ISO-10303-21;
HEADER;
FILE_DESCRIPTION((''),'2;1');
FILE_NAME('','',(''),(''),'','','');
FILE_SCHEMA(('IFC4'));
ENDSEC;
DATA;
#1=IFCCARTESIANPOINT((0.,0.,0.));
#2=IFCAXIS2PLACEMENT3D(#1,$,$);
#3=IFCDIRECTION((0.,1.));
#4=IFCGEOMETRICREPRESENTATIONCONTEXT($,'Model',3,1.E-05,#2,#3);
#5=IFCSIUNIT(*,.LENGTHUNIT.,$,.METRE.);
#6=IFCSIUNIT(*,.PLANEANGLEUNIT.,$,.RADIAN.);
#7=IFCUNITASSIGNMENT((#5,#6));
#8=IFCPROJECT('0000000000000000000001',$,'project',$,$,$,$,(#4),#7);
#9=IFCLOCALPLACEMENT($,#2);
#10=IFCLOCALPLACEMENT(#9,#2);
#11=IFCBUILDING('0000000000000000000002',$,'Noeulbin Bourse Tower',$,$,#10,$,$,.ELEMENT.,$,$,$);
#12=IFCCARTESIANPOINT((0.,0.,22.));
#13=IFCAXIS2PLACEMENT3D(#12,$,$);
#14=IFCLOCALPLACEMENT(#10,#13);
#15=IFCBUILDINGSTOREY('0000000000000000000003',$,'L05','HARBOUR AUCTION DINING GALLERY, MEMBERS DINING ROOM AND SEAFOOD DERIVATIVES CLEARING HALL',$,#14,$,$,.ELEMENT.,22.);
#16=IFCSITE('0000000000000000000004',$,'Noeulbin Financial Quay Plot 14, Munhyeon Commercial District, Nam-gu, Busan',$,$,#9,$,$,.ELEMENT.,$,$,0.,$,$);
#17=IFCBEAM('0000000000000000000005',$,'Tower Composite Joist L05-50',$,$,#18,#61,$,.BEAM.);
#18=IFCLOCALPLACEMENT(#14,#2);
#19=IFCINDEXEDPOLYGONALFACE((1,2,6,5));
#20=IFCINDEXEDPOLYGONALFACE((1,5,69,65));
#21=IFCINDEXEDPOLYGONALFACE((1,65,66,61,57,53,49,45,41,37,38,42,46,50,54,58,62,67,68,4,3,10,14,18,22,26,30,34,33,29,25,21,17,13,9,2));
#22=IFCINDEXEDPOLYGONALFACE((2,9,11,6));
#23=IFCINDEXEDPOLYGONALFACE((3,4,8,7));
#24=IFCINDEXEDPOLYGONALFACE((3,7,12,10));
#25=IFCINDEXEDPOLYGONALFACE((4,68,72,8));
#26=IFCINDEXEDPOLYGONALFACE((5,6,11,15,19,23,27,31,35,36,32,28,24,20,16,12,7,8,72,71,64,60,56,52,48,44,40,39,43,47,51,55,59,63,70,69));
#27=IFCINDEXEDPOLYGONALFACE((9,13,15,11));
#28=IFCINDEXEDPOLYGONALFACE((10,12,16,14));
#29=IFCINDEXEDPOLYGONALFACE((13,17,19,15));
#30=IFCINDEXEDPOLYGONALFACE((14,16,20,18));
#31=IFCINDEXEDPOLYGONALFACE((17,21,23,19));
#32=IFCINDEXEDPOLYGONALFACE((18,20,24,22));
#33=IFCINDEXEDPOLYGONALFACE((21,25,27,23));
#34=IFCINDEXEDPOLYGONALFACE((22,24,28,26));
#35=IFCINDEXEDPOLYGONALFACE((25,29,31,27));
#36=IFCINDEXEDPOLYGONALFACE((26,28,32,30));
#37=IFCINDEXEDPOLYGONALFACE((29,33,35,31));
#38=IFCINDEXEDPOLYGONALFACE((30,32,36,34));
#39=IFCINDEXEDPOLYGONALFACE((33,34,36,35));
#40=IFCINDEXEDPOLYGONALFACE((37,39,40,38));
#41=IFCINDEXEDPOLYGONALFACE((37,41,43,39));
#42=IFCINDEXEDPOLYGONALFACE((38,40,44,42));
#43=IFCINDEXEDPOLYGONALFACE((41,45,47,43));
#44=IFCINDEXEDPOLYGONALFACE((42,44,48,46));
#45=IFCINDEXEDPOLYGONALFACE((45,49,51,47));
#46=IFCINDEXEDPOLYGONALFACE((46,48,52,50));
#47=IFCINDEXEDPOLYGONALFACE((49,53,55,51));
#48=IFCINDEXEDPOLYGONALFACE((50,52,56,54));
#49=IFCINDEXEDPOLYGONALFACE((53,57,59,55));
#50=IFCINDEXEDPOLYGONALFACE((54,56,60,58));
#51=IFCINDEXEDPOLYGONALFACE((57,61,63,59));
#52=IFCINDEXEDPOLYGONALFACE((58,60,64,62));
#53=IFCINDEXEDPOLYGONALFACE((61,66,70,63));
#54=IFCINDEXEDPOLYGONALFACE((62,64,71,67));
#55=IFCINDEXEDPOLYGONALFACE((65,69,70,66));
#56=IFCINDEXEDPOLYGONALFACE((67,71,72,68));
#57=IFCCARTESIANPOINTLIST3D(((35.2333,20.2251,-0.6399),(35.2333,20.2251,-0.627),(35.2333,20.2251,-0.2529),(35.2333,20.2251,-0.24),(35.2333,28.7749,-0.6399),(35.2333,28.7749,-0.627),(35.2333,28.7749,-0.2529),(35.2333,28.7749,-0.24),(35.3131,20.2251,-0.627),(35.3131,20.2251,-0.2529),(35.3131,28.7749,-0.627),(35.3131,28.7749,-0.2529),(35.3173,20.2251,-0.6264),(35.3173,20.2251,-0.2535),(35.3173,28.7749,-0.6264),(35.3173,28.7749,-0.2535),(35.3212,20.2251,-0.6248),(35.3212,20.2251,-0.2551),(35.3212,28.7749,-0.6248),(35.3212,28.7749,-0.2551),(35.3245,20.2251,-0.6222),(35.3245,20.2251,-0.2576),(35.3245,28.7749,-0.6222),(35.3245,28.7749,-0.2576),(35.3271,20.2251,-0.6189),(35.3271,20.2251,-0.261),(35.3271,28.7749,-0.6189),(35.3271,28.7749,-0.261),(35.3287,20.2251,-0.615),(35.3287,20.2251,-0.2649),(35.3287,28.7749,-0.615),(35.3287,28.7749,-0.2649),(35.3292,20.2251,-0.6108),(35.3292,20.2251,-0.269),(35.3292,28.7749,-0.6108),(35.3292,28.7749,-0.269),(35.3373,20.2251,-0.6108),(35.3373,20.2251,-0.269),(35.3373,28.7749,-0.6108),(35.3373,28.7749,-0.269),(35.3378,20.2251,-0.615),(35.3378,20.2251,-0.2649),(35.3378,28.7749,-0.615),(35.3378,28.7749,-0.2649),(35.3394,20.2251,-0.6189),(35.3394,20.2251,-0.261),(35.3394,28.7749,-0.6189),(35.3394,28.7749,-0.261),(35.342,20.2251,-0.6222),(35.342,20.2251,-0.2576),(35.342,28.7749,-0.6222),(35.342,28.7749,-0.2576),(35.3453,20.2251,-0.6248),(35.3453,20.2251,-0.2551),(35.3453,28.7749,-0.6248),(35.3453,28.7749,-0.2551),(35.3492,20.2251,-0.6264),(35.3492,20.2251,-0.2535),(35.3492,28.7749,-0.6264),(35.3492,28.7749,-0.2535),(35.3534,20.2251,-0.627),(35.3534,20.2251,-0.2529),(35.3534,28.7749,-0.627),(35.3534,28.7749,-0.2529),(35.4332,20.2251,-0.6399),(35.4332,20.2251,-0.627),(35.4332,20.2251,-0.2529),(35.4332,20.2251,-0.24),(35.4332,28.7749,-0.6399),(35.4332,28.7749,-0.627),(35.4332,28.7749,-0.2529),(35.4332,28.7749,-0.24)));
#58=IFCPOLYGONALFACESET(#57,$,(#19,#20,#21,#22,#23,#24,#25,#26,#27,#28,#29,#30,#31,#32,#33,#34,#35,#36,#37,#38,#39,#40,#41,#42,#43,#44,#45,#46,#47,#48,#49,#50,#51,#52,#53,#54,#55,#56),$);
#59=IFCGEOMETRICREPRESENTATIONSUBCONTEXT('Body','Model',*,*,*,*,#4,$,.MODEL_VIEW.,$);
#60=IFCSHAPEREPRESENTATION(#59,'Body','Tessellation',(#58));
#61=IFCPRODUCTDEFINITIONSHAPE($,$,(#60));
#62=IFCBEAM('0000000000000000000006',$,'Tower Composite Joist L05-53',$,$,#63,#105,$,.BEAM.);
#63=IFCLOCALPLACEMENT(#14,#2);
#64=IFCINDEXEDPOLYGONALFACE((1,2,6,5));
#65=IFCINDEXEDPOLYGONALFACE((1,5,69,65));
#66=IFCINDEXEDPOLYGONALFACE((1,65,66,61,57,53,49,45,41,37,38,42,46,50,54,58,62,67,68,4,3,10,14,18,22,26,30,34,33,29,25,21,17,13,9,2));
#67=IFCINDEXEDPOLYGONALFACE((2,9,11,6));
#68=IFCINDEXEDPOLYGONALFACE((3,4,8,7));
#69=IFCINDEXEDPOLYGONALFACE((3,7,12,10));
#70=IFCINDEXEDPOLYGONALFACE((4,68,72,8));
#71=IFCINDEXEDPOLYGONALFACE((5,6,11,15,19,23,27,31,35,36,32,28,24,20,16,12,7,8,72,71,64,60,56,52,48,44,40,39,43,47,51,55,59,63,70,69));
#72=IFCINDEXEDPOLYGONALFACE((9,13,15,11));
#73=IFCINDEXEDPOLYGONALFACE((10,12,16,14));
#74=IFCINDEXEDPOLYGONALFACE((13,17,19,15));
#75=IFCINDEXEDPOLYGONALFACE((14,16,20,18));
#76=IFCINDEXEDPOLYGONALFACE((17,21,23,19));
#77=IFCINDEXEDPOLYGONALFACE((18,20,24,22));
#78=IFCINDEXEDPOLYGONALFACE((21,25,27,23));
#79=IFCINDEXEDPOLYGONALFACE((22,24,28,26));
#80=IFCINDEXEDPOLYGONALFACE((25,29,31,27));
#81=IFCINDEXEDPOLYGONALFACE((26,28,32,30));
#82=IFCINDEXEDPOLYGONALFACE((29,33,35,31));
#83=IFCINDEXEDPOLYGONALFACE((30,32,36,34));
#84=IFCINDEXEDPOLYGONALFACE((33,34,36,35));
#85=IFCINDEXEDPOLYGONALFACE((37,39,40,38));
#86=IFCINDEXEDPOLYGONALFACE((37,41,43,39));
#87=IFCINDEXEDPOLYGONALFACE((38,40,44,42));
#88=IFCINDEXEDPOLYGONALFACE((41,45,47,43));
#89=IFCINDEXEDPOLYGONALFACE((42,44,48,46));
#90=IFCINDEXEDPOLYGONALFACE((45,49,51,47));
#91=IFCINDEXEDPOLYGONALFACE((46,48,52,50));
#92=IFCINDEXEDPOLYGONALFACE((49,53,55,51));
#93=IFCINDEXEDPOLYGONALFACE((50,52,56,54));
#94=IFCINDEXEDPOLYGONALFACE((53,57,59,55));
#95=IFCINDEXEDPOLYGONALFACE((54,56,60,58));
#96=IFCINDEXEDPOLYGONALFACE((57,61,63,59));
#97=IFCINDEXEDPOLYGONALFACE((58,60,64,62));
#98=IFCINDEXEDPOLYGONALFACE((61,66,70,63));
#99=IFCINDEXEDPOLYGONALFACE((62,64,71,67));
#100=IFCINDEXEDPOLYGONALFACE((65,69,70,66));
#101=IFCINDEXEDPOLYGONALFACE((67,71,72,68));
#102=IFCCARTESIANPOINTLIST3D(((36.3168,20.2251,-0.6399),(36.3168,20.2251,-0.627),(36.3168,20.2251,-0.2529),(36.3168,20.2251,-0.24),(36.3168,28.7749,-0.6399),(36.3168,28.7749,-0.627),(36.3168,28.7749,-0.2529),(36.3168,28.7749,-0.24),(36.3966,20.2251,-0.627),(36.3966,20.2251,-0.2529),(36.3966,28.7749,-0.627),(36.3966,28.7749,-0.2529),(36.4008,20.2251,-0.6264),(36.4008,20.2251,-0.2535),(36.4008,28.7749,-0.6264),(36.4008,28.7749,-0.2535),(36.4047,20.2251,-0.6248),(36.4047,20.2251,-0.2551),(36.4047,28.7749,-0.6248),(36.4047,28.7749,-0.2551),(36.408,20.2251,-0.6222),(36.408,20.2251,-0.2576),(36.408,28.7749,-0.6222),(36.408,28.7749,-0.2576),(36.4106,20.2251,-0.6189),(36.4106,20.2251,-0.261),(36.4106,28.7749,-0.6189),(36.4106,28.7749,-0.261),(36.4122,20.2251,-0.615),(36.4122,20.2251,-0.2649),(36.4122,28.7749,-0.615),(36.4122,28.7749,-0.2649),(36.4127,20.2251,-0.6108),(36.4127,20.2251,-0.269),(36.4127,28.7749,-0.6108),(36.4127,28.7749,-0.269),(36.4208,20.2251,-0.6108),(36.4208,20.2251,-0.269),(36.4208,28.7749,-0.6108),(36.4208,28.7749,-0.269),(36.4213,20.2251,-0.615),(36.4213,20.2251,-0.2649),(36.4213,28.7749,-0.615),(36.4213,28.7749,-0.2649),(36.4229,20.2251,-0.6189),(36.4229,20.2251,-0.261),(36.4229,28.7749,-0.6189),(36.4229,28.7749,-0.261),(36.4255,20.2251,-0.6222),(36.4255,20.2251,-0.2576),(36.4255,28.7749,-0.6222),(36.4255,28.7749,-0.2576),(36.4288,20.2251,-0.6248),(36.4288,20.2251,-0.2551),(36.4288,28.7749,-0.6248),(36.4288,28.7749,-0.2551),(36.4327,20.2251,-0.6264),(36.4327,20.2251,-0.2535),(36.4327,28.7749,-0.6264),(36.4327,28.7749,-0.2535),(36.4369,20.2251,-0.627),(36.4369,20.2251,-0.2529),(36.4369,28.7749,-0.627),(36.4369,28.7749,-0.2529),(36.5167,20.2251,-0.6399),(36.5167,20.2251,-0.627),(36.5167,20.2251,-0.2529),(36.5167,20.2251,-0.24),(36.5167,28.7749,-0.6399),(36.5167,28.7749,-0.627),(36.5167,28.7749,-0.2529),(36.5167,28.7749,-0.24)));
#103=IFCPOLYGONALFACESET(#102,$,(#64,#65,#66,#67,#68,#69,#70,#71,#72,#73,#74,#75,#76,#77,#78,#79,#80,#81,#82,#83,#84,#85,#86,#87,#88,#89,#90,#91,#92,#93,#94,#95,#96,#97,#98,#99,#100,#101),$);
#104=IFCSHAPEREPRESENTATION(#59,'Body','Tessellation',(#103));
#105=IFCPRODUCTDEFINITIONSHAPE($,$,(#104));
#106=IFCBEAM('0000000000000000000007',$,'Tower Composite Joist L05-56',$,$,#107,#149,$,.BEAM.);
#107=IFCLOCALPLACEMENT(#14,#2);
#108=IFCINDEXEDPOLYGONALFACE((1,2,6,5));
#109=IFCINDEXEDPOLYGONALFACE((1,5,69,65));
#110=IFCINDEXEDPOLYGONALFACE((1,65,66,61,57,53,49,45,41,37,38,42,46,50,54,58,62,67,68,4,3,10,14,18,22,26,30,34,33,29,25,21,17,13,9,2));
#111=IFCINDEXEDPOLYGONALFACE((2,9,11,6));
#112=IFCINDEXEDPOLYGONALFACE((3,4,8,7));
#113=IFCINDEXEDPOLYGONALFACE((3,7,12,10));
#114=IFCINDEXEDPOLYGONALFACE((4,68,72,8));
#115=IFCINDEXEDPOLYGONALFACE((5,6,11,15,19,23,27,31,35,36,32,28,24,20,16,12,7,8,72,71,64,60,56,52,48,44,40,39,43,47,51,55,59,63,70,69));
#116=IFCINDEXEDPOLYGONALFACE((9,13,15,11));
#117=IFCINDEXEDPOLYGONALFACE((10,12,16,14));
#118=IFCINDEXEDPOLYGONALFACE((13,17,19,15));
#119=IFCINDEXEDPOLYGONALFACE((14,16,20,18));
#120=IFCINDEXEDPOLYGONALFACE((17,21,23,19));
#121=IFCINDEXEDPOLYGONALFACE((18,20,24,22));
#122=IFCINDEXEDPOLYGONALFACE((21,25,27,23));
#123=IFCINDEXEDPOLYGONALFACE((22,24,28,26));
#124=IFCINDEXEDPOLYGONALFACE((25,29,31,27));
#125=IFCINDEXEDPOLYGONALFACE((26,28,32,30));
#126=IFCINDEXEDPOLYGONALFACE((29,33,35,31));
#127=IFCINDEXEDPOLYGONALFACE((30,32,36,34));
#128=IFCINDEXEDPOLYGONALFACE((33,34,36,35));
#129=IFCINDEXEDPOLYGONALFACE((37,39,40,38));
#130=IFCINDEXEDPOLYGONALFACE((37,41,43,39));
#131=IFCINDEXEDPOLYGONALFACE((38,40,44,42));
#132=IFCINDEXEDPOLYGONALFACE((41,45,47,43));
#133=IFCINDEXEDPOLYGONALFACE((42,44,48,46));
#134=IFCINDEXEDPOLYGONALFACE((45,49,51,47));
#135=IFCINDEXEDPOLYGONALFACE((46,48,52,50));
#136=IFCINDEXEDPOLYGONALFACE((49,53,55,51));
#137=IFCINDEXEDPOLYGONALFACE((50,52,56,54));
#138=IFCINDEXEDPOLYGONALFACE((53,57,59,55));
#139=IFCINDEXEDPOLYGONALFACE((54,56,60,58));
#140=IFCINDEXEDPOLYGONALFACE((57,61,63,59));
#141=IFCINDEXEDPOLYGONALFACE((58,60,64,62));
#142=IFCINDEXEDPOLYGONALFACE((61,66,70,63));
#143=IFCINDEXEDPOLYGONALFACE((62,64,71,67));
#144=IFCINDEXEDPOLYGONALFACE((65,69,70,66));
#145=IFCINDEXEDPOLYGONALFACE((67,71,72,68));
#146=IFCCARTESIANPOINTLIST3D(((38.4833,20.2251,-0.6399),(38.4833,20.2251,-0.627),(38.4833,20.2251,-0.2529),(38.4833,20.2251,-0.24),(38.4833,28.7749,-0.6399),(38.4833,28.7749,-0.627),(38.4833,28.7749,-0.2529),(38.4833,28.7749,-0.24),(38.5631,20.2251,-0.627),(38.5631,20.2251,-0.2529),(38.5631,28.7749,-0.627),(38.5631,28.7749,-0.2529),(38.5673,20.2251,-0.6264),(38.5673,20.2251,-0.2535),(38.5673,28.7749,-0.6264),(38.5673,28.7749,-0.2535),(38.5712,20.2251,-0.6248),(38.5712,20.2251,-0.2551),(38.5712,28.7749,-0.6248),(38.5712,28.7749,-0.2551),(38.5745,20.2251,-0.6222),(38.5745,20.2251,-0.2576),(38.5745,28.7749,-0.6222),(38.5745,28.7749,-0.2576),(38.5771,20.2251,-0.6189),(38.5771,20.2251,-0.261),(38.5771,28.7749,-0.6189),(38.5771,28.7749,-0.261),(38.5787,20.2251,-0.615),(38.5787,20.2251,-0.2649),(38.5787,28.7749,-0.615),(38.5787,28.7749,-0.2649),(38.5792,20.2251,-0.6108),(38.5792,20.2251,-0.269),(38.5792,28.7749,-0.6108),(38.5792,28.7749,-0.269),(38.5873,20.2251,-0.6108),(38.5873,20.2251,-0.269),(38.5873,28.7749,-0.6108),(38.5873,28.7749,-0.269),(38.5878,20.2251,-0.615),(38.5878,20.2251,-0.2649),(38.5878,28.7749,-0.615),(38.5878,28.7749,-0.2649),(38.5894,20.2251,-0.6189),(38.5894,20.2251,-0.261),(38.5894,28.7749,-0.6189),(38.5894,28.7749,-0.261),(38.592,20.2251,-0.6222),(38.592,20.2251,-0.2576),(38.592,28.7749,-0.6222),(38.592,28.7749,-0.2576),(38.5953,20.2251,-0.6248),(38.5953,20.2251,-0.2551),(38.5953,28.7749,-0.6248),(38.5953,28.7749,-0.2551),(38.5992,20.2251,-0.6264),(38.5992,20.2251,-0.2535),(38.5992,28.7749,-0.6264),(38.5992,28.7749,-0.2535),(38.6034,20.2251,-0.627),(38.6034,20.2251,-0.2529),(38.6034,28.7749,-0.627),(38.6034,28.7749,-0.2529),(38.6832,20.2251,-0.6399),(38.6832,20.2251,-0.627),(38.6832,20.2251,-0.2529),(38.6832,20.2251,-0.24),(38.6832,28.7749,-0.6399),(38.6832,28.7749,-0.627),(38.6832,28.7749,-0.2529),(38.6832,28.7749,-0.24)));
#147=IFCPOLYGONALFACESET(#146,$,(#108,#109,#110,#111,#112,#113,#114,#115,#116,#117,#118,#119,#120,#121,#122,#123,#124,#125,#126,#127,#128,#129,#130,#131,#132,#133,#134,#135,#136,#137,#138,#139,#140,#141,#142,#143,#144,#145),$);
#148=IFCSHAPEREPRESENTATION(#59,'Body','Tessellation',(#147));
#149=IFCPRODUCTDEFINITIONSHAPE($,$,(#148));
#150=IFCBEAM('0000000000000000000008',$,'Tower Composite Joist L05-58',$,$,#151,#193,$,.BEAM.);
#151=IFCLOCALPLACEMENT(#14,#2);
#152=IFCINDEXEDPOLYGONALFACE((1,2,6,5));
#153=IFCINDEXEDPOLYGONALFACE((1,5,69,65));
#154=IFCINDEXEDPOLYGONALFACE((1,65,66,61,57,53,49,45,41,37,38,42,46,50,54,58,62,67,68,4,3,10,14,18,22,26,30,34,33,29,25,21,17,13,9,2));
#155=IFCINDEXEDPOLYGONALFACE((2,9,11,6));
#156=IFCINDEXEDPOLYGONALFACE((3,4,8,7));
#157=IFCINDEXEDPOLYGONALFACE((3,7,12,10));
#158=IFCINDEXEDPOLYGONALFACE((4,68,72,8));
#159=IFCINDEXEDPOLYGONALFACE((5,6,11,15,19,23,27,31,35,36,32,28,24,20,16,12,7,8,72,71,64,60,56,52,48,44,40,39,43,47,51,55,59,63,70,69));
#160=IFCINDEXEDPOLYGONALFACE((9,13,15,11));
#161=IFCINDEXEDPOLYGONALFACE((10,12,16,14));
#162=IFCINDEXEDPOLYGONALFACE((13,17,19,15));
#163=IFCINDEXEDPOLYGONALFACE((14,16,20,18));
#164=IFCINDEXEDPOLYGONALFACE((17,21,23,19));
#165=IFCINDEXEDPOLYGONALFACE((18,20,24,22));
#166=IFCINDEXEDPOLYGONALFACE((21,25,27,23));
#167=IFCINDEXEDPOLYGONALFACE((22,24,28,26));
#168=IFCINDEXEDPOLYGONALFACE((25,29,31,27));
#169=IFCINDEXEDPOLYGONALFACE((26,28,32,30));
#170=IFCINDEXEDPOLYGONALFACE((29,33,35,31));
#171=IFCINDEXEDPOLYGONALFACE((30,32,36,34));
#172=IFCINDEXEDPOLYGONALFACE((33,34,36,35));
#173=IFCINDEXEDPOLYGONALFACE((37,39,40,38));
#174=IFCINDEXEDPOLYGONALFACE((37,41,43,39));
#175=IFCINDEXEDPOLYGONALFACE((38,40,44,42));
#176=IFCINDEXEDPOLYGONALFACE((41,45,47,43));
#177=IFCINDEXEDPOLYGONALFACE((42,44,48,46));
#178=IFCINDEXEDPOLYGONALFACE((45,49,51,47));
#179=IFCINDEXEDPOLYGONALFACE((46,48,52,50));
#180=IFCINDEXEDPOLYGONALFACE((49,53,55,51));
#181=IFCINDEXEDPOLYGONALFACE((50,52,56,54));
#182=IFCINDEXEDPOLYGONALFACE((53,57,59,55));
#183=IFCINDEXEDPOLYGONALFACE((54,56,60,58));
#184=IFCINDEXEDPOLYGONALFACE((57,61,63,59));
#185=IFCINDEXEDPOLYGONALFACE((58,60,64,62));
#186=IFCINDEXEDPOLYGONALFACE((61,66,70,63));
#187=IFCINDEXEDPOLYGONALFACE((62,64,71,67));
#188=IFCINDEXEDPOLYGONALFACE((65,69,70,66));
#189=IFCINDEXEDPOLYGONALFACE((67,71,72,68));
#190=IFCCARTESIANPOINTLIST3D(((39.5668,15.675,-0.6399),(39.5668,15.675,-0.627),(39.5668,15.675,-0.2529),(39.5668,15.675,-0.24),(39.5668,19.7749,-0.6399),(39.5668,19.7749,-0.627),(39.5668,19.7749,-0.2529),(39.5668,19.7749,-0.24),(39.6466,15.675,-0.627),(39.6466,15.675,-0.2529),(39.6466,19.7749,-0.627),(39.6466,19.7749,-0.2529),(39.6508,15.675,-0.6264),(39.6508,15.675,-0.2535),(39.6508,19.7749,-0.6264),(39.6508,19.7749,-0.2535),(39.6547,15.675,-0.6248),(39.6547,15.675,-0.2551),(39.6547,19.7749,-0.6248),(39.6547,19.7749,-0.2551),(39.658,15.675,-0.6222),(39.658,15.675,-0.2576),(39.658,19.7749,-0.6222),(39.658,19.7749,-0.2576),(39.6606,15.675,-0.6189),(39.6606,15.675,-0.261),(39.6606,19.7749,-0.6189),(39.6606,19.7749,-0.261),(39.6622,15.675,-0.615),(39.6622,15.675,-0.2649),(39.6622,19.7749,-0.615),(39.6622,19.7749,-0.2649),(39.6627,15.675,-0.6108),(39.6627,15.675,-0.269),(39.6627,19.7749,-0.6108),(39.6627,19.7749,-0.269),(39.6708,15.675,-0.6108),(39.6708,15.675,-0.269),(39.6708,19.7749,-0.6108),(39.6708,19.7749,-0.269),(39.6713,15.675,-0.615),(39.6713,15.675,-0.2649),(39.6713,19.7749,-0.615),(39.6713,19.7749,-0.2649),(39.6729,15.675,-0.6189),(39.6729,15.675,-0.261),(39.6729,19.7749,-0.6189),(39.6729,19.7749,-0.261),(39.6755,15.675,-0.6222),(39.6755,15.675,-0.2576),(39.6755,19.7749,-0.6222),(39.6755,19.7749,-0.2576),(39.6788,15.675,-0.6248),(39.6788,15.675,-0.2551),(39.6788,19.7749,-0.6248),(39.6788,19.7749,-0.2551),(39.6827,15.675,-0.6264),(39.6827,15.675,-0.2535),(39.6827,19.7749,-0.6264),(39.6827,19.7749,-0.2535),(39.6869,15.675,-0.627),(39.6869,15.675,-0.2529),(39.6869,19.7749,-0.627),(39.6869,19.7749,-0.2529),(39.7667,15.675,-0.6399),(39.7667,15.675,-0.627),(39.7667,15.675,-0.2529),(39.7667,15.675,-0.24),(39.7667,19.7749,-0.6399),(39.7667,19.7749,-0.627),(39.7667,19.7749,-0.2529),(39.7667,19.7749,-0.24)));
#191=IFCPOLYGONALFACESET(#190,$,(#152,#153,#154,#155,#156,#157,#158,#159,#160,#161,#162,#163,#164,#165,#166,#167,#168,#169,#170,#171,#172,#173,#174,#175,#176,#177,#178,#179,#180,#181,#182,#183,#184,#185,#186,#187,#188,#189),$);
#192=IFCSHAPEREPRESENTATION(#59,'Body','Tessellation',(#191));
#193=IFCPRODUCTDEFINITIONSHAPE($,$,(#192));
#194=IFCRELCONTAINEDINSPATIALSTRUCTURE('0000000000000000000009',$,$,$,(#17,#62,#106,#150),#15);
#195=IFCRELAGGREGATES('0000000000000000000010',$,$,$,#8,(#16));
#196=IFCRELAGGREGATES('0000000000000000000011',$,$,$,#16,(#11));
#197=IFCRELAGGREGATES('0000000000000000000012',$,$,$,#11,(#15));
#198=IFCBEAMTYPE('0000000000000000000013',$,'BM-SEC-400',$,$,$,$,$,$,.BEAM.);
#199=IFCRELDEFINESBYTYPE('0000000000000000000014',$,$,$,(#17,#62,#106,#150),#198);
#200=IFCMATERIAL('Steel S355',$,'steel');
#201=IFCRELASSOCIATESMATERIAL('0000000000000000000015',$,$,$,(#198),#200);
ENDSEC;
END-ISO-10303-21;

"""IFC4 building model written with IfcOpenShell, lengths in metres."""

from ifc_helpers import new_model, si_unit, direction, frame, origin, origin_2d, place, context, subcontext, project, spatial, i_section, extrude, material, material_profile, profile_set, type_object, element, save


model = new_model("IFC4")

# Units and contexts
model_context = context("Model", 3, precision=1e-05, world=origin(), true_north=direction((0.0, 1.0)))
body_context = subcontext(model_context, "Body", "Model", "MODEL_VIEW")
ifc_project = project(units=[si_unit("LENGTHUNIT", "METRE"), si_unit("PLANEANGLEUNIT", "RADIAN")], contexts=[model_context])

# Site, building, storey
site_placement = place(None, origin())
site = spatial("IfcSite", under=ifc_project, at=site_placement, Name="Noeulbin Financial Quay Plot 14, Munhyeon Commercial District, Nam-gu, Busan", CompositionType="ELEMENT", RefElevation=0.0)
building_placement = place(site_placement, origin())
building = spatial("IfcBuilding", under=site, at=building_placement, Name="Noeulbin Bourse Tower", CompositionType="ELEMENT")
storey_placement = place(building_placement, frame((0.0, 0.0, 22.0)))
storey = spatial("IfcBuildingStorey", under=building, at=storey_placement, Name="L05", Description="HARBOUR AUCTION DINING GALLERY, MEMBERS DINING ROOM AND SEAFOOD DERIVATIVES CLEARING HALL", CompositionType="ELEMENT", Elevation=22.0)

# Beams
ifc_material_1 = material(Name="Steel S355", Category="steel")
ifc_material_profile_1 = material_profile(ifc_material_1, i_section(OverallWidth=0.2, OverallDepth=0.3999, WebThickness=0.0081, FlangeThickness=0.0129, FilletRadius=0.0161, at=origin_2d()), Name="H-400x200x8x13", Category="LoadBearing")
ifc_profile_set_1 = profile_set([ifc_material_profile_1], Name="Steel S355")
beam_type_1 = type_object("IfcBeamType", Name="BM-SEC-400", PredefinedType="BEAM", material=ifc_profile_set_1)
for number, where, z_axis, x_axis, name in (
    (1, (35.3333, 20.2251, -0.4399), (0.0, 1.0, 0.0), (-1.0, 0.0, 0.0), "Tower Composite Joist L05-50"),
    (2, (36.4167, 20.2251, -0.4399), (0.0, 1.0, 0.0), (-1.0, 0.0, 0.0), "Tower Composite Joist L05-53"),
    (3, (38.5833, 20.2251, -0.4399), (0.0, 1.0, 0.0), (-1.0, 0.0, 0.0), "Tower Composite Joist L05-56"),
):
    element("IfcBeam", number, at=place(storey_placement, frame(where, z_axis=z_axis, x_axis=x_axis)), inside=storey, type_object=beam_type_1, Name=name, PredefinedType="BEAM", context=body_context, shape_type="SweptSolid", body=[
        extrude(i_section(OverallWidth=0.2, OverallDepth=0.3999, WebThickness=0.0081, FlangeThickness=0.0129, FilletRadius=0.0161, at=origin_2d()), origin(), (0.0, 0.0, 1.0), 8.5498),
    ])
beam_1_placement = place(storey_placement, frame((39.6667, 15.675, -0.4399), z_axis=(0.0, 1.0, 0.0), x_axis=(-1.0, 0.0, 0.0)))
element("IfcBeam", 4, at=beam_1_placement, inside=storey, type_object=beam_type_1, Name="Tower Composite Joist L05-58", PredefinedType="BEAM", context=body_context, shape_type="SweptSolid", body=[
    extrude(i_section(OverallWidth=0.2, OverallDepth=0.3999, WebThickness=0.0081, FlangeThickness=0.0129, FilletRadius=0.0161, at=origin_2d()), origin(), (0.0, 0.0, 1.0), 4.0999),
])

save(model, "model.ifc")
